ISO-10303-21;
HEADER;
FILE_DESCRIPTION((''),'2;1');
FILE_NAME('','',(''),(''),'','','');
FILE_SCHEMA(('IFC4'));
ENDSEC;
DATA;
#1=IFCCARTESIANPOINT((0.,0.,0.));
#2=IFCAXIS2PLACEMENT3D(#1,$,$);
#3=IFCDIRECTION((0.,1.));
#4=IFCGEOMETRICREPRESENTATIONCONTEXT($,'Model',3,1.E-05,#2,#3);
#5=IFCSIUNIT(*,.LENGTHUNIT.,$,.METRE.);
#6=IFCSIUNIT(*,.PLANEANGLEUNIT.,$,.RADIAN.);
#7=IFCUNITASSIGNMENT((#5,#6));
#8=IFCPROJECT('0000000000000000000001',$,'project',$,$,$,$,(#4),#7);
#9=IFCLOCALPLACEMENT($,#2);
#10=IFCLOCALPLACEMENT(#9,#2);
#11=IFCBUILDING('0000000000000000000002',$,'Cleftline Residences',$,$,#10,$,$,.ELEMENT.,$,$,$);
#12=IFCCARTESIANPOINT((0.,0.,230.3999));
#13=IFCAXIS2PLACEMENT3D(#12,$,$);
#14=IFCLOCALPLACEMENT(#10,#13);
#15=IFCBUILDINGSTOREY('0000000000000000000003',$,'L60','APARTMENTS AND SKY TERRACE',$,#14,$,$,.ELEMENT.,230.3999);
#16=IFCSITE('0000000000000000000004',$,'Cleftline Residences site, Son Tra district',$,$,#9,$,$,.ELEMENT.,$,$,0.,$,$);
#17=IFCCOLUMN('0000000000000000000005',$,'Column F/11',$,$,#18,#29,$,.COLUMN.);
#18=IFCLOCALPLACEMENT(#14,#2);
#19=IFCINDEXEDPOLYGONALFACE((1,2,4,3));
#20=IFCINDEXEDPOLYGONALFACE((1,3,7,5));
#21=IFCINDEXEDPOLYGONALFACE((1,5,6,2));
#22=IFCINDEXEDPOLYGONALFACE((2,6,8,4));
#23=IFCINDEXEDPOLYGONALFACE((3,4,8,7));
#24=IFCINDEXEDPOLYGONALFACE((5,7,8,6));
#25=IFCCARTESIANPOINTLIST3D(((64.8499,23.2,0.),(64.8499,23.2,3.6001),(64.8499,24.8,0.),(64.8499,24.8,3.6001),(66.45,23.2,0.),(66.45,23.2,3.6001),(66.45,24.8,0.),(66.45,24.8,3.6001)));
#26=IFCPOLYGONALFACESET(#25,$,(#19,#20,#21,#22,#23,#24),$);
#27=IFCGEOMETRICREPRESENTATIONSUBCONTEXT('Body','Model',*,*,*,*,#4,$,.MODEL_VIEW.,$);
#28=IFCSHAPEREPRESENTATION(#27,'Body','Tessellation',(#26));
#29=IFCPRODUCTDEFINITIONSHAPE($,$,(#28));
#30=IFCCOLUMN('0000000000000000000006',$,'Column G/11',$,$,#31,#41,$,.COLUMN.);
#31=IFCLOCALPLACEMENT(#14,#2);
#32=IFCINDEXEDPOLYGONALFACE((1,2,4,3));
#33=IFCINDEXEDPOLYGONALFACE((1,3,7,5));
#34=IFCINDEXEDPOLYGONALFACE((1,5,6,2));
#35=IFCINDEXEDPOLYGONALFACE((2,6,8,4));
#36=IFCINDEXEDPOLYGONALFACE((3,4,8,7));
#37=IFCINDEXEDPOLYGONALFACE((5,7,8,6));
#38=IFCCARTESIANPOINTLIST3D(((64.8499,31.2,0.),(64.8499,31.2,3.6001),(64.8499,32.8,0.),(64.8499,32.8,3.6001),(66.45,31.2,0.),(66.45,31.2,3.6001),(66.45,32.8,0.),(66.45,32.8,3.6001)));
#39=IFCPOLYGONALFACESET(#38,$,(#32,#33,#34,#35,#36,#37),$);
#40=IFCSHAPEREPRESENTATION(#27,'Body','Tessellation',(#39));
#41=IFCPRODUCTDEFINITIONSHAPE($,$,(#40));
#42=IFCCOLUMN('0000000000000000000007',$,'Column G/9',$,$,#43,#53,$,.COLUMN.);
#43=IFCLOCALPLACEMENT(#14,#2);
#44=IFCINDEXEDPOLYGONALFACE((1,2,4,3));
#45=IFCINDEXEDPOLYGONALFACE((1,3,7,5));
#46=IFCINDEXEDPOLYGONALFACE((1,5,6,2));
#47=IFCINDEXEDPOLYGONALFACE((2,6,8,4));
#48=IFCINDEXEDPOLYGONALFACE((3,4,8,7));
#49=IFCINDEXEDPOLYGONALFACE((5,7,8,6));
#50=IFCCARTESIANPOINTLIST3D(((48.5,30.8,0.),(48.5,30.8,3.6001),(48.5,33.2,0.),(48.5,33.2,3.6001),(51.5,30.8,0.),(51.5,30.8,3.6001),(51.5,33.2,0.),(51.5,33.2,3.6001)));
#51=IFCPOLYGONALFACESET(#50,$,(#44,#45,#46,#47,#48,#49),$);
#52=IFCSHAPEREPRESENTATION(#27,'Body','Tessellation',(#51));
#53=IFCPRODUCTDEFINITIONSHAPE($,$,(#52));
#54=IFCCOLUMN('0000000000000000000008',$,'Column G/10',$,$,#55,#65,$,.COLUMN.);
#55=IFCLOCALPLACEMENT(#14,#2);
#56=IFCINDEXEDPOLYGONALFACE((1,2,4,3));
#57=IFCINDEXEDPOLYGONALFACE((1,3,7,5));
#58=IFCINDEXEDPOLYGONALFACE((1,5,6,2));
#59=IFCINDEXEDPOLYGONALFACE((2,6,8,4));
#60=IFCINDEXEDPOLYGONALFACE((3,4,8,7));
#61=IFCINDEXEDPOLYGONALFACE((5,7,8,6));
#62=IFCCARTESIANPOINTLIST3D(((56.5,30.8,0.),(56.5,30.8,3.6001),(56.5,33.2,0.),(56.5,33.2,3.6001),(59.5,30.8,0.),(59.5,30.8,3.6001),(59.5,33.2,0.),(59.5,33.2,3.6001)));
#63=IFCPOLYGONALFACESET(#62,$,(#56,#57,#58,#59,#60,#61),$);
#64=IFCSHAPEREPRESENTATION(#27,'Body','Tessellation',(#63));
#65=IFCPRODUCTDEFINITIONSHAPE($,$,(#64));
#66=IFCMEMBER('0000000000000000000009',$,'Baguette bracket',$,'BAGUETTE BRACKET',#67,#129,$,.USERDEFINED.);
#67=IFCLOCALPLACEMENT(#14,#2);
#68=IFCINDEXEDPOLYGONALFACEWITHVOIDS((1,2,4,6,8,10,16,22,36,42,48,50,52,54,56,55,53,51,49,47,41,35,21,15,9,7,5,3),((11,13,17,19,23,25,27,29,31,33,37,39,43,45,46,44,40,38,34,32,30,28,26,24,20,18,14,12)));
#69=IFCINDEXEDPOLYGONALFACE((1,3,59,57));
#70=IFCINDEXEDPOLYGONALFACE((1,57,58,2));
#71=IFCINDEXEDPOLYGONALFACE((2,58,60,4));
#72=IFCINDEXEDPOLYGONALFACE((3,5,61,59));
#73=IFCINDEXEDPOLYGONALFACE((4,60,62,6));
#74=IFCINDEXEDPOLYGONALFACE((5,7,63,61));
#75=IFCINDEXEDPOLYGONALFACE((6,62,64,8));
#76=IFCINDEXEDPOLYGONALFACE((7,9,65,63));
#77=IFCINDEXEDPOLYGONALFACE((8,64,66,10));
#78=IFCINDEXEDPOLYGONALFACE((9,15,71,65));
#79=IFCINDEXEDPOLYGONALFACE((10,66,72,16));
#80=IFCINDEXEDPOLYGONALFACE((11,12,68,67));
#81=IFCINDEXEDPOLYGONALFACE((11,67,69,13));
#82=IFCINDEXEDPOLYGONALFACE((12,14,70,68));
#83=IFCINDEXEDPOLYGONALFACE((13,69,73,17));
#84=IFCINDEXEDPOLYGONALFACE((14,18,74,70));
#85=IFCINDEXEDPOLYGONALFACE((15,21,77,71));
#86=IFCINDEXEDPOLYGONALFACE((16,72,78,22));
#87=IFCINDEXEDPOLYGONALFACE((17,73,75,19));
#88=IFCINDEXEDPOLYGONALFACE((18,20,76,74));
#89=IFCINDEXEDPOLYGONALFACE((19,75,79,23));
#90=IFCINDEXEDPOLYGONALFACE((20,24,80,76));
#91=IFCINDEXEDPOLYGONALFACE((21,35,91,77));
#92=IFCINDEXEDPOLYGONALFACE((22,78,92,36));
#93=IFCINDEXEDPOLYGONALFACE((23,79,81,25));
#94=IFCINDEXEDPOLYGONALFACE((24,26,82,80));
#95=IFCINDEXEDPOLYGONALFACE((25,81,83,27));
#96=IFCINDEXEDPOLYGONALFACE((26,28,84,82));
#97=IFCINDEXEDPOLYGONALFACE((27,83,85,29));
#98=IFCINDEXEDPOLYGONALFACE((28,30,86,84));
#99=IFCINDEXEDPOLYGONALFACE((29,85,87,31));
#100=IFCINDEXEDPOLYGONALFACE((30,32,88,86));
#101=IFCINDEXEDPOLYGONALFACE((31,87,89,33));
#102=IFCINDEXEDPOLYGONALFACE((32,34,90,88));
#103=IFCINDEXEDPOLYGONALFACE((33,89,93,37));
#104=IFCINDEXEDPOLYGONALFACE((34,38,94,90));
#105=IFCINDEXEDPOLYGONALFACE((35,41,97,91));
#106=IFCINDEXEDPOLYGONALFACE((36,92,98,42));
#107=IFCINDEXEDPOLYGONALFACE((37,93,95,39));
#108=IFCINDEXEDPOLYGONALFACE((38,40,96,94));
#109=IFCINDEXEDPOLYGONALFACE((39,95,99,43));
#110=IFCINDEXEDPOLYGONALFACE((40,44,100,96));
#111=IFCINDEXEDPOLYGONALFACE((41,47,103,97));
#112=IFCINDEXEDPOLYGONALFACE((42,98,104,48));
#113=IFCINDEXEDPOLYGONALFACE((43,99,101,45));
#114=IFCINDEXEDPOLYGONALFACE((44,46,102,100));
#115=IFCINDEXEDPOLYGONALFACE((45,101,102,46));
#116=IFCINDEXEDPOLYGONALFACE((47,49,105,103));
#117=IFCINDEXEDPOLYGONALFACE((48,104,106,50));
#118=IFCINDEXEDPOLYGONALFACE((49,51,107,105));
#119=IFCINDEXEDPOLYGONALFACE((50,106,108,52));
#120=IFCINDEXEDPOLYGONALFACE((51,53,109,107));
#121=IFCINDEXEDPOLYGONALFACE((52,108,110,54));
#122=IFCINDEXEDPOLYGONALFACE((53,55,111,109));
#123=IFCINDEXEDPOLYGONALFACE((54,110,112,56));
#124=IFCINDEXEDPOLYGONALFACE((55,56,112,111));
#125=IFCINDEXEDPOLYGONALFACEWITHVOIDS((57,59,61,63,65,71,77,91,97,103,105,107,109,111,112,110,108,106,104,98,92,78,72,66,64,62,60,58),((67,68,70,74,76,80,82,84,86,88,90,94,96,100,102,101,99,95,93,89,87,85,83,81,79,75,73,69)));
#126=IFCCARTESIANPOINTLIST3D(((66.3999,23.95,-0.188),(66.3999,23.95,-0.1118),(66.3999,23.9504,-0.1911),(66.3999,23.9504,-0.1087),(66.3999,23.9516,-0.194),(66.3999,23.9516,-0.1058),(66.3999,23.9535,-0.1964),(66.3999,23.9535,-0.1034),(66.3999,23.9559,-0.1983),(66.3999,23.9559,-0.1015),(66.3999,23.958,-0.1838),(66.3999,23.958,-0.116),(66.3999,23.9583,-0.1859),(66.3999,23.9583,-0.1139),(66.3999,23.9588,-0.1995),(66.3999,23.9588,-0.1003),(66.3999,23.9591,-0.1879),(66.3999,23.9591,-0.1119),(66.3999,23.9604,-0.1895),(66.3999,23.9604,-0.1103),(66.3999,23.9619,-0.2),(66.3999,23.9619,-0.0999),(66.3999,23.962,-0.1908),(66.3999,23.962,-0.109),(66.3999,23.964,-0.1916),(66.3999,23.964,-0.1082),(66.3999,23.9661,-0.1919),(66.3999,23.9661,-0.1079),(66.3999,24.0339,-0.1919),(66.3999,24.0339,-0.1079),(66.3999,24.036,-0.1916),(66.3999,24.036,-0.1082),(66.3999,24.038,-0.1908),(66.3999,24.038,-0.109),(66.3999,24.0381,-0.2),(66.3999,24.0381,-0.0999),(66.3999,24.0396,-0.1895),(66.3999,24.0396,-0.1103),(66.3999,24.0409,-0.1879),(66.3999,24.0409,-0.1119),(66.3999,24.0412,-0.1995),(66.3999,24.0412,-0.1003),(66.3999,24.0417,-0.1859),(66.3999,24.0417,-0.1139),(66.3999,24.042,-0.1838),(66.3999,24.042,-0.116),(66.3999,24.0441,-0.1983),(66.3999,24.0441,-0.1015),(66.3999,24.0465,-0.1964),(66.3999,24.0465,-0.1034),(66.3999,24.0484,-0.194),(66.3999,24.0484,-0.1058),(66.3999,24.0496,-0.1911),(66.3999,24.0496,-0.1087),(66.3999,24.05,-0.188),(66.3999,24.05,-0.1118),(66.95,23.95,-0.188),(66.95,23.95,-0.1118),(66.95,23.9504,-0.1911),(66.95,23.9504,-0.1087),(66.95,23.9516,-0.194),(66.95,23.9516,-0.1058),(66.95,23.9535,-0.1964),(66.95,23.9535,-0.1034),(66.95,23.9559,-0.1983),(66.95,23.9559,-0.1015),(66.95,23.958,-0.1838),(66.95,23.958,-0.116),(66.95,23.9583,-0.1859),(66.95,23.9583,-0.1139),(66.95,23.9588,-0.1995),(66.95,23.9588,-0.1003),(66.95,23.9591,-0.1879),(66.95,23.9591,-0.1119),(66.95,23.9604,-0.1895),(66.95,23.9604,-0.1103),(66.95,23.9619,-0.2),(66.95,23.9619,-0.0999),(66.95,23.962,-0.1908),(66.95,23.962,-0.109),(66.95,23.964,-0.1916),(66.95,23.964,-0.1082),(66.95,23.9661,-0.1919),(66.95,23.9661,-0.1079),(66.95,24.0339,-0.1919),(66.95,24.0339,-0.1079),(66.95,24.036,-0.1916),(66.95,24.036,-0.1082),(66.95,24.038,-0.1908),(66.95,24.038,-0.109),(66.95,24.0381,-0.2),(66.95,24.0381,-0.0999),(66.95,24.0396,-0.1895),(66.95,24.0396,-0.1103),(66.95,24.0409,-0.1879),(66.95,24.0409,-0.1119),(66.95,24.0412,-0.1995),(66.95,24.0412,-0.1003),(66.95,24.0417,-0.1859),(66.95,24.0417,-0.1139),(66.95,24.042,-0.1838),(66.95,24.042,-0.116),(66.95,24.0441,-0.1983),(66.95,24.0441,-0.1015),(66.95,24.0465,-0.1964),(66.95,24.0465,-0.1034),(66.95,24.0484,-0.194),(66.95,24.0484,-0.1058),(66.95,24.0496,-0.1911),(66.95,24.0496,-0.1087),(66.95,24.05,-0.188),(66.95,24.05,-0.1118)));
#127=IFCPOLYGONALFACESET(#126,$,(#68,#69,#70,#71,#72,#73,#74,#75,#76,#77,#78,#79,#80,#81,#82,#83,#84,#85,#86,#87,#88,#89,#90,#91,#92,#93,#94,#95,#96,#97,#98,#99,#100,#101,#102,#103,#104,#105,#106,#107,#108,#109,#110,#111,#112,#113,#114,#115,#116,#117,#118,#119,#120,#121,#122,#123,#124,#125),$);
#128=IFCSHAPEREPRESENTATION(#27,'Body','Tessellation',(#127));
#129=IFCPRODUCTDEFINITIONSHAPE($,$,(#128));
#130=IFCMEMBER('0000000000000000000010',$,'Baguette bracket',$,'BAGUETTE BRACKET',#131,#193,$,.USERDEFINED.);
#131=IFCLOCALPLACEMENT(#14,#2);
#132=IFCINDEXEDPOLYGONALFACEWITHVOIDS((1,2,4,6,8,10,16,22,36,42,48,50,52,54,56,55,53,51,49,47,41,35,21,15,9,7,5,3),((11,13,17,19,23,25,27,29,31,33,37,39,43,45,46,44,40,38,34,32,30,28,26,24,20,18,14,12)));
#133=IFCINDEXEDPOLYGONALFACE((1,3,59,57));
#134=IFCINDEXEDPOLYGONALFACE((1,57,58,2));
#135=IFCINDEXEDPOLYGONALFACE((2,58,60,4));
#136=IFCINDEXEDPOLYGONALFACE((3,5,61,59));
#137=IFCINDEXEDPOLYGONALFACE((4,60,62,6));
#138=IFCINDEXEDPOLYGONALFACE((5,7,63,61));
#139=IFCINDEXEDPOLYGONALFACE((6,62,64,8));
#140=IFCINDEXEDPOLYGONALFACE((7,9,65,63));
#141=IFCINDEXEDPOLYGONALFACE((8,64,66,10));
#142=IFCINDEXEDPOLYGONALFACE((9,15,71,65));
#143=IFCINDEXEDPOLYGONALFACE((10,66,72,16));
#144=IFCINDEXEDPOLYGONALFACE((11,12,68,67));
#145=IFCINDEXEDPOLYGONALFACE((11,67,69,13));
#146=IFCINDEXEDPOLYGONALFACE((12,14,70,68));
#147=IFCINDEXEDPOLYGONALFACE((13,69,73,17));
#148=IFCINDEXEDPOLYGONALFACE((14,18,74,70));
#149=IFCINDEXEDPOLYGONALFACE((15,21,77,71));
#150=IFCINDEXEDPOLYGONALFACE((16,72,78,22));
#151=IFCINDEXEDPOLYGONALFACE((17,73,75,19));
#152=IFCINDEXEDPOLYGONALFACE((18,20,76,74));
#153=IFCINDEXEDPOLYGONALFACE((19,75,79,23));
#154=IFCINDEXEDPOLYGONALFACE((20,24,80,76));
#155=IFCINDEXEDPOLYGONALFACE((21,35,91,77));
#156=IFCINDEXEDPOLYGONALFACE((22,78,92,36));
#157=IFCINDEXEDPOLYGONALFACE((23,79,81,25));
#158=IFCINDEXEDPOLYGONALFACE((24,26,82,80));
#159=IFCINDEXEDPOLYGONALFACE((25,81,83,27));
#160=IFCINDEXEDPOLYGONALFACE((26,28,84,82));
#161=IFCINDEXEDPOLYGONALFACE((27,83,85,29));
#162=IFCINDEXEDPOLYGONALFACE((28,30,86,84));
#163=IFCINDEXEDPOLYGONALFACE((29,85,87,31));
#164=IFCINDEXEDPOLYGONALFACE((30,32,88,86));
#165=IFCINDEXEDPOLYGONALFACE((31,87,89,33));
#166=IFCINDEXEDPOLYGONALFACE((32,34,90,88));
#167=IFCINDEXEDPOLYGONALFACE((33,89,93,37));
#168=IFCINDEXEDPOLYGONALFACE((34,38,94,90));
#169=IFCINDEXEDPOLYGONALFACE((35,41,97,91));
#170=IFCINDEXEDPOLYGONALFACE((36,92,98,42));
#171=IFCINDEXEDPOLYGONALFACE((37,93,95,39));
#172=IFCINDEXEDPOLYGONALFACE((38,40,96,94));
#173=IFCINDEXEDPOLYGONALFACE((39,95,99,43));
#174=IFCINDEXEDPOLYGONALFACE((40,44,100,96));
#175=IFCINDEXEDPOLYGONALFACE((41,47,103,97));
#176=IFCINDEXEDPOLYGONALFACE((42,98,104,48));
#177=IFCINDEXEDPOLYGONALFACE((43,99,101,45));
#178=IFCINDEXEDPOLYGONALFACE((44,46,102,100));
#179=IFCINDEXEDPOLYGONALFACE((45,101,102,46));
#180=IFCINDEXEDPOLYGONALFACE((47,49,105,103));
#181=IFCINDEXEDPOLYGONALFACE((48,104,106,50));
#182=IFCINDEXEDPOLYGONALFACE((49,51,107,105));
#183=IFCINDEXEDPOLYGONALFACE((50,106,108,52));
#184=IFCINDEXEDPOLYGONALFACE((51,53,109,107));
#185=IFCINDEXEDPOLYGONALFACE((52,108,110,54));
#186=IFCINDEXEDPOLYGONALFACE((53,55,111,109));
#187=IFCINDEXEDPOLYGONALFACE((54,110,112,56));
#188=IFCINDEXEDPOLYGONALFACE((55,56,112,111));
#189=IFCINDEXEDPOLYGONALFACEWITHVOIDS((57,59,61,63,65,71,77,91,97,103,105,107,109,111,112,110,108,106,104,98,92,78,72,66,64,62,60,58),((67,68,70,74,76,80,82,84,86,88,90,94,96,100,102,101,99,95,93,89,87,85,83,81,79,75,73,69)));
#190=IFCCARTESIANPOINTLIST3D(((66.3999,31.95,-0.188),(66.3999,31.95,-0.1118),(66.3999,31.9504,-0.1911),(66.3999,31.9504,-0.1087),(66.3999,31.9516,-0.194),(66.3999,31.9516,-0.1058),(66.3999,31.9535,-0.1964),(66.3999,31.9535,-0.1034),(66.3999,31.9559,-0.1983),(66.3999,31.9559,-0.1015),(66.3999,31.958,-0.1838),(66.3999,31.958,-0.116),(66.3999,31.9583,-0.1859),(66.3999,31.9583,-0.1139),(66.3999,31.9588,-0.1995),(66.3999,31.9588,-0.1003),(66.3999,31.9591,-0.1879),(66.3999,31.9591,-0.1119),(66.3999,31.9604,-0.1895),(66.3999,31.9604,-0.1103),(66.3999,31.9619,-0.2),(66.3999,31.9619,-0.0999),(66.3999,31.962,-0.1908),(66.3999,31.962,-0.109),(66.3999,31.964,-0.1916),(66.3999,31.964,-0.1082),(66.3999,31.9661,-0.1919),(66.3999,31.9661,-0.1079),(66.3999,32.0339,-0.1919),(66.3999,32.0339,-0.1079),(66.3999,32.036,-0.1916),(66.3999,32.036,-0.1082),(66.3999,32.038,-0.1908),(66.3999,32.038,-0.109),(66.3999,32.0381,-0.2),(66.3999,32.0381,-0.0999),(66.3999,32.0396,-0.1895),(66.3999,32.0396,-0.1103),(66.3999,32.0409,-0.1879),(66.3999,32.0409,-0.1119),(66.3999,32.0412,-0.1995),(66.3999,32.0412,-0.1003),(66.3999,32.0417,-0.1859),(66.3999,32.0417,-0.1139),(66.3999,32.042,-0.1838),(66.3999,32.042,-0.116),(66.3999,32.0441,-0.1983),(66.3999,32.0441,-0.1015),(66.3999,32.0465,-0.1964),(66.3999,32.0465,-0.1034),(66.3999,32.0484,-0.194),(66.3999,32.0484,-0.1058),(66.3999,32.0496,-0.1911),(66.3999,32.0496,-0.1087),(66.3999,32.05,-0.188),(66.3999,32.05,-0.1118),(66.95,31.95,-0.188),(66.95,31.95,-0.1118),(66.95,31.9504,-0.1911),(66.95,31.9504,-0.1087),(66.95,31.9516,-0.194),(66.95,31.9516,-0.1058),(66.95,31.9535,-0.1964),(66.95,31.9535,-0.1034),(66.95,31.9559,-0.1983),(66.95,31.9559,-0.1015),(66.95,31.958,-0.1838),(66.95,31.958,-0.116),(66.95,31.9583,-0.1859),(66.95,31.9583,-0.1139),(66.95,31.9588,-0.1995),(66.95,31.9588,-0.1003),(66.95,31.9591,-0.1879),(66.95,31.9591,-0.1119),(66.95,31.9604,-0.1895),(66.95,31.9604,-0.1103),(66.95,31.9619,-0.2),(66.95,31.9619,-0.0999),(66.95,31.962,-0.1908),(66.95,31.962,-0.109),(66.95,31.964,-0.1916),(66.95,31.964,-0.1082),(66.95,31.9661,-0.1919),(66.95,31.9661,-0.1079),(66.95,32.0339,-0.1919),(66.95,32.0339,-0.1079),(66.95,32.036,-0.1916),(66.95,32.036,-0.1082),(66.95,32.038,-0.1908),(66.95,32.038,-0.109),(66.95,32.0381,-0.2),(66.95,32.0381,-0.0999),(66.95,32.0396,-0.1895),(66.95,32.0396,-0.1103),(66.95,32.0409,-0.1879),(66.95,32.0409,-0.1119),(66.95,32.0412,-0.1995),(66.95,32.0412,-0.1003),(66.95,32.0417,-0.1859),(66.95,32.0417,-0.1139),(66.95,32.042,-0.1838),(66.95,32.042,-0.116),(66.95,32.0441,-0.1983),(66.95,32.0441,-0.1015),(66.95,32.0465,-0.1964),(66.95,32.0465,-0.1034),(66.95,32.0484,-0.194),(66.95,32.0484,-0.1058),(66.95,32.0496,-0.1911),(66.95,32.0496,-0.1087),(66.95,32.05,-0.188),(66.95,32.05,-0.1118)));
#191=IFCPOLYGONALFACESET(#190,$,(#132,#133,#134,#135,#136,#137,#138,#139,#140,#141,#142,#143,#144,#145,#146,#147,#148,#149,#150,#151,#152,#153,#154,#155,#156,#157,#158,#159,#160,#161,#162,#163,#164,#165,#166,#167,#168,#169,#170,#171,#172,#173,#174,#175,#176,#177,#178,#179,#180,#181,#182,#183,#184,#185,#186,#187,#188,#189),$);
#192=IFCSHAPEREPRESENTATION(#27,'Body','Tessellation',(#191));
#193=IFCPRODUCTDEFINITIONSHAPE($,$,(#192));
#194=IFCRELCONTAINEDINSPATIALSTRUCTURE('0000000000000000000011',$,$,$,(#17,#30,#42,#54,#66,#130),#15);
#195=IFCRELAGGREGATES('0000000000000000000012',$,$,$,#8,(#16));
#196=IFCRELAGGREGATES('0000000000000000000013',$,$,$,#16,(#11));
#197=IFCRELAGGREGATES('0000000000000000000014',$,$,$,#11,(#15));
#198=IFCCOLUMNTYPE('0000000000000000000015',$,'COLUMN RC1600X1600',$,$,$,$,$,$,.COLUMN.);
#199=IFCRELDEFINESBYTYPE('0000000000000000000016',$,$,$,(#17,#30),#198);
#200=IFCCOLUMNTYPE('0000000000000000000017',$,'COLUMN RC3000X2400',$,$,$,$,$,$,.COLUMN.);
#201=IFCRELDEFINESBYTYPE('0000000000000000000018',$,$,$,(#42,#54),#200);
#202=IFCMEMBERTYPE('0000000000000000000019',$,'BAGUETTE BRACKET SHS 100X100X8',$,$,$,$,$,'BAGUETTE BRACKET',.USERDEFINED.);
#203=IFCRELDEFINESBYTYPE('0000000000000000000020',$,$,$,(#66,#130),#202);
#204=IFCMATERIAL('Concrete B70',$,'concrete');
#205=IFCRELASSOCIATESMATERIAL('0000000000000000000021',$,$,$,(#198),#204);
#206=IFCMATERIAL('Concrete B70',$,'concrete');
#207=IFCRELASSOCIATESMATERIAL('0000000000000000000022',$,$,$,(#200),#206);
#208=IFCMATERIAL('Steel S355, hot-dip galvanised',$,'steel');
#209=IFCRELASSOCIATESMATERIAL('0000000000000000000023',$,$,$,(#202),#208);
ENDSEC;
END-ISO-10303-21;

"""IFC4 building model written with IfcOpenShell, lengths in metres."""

from ifc_helpers import new_model, si_unit, direction, frame, origin, origin_2d, place, context, subcontext, project, spatial, rectangle, hollow_rectangle, extrude, material, material_profile, profile_set, type_object, element, save


model = new_model("IFC4")

# Units and contexts
model_context = context("Model", 3, precision=1e-05, world=origin(), true_north=direction((0.0, 1.0)))
body_context = subcontext(model_context, "Body", "Model", "MODEL_VIEW")
ifc_project = project(units=[si_unit("LENGTHUNIT", "METRE"), si_unit("PLANEANGLEUNIT", "RADIAN")], contexts=[model_context])

# Site, building, storey
site_placement = place(None, origin())
site = spatial("IfcSite", under=ifc_project, at=site_placement, Name="Cleftline Residences site, Son Tra district", CompositionType="ELEMENT", RefElevation=0.0)
building_placement = place(site_placement, origin())
building = spatial("IfcBuilding", under=site, at=building_placement, Name="Cleftline Residences", CompositionType="ELEMENT")
storey_placement = place(building_placement, frame((0.0, 0.0, 230.3999)))
storey = spatial("IfcBuildingStorey", under=building, at=storey_placement, Name="L60", Description="APARTMENTS AND SKY TERRACE", CompositionType="ELEMENT", Elevation=230.3999)

# Columns
ifc_material_1 = material(Name="Concrete B70", Category="concrete")
ifc_material_profile_1 = material_profile(ifc_material_1, rectangle(XDim=1.6001, YDim=1.6001, at=origin_2d()))
ifc_profile_set_1 = profile_set([ifc_material_profile_1], Name="Concrete B70")
column_type_1 = type_object("IfcColumnType", Name="COLUMN RC1600X1600", PredefinedType="COLUMN", material=ifc_profile_set_1)
for number, where, z_axis, x_axis, name in (
    (1, (65.6499, 24.0, 0.0), (0.0, 0.0, 1.0), (1.0, 0.0, 0.0), "Column F/11"),
    (2, (65.6499, 32.0, 0.0), (0.0, 0.0, 1.0), (1.0, 0.0, 0.0), "Column G/11"),
):
    element("IfcColumn", number, at=place(storey_placement, frame(where, z_axis=z_axis, x_axis=x_axis)), inside=storey, type_object=column_type_1, Name=name, PredefinedType="COLUMN", context=body_context, shape_type="SweptSolid", body=[
        extrude(rectangle(XDim=1.6001, YDim=1.6001, at=origin_2d()), origin(), (0.0, 0.0, 1.0), 3.6001),
    ])
ifc_material_2 = material(Name="Concrete B70", Category="concrete")
ifc_material_profile_2 = material_profile(ifc_material_2, rectangle(XDim=3.0, YDim=2.3999, at=origin_2d()))
ifc_profile_set_2 = profile_set([ifc_material_profile_2], Name="Concrete B70")
column_type_2 = type_object("IfcColumnType", Name="COLUMN RC3000X2400", PredefinedType="COLUMN", material=ifc_profile_set_2)
for number, where, z_axis, x_axis, name in (
    (3, (50.0, 32.0, 0.0), (0.0, 0.0, 1.0), (1.0, 0.0, 0.0), "Column G/9"),
    (4, (58.0, 32.0, 0.0), (0.0, 0.0, 1.0), (1.0, 0.0, 0.0), "Column G/10"),
):
    element("IfcColumn", number, at=place(storey_placement, frame(where, z_axis=z_axis, x_axis=x_axis)), inside=storey, type_object=column_type_2, Name=name, PredefinedType="COLUMN", context=body_context, shape_type="SweptSolid", body=[
        extrude(rectangle(XDim=3.0, YDim=2.3999, at=origin_2d()), origin(), (0.0, 0.0, 1.0), 3.6001),
    ])

# Members
ifc_material_3 = material(Name="Steel S355, hot-dip galvanised", Category="steel")
ifc_material_profile_3 = material_profile(ifc_material_3, hollow_rectangle(XDim=0.1001, YDim=0.1001, WallThickness=0.0081, InnerFilletRadius=0.0081, OuterFilletRadius=0.012, at=origin_2d()))
ifc_profile_set_3 = profile_set([ifc_material_profile_3], Name="Steel S355, hot-dip galvanised")
member_type_1 = type_object("IfcMemberType", Name="BAGUETTE BRACKET SHS 100X100X8", ElementType="BAGUETTE BRACKET", PredefinedType="USERDEFINED", material=ifc_profile_set_3)
for number, where, z_axis, x_axis, name in (
    (5, (66.3999, 24.0, -0.1499), (1.0, 0.0, 0.0), (0.0, 1.0, 0.0), "Baguette bracket"),
    (6, (66.3999, 32.0, -0.1499), (1.0, 0.0, 0.0), (0.0, 1.0, 0.0), "Baguette bracket"),
):
    element("IfcMember", number, at=place(storey_placement, frame(where, z_axis=z_axis, x_axis=x_axis)), inside=storey, type_object=member_type_1, Name=name, ObjectType="BAGUETTE BRACKET", PredefinedType="USERDEFINED", context=body_context, shape_type="SweptSolid", body=[
        extrude(hollow_rectangle(XDim=0.1001, YDim=0.1001, WallThickness=0.0081, InnerFilletRadius=0.0081, OuterFilletRadius=0.012, at=origin_2d()), origin(), (0.0, 0.0, 1.0), 0.55),
    ])

save(model, "model.ifc")
